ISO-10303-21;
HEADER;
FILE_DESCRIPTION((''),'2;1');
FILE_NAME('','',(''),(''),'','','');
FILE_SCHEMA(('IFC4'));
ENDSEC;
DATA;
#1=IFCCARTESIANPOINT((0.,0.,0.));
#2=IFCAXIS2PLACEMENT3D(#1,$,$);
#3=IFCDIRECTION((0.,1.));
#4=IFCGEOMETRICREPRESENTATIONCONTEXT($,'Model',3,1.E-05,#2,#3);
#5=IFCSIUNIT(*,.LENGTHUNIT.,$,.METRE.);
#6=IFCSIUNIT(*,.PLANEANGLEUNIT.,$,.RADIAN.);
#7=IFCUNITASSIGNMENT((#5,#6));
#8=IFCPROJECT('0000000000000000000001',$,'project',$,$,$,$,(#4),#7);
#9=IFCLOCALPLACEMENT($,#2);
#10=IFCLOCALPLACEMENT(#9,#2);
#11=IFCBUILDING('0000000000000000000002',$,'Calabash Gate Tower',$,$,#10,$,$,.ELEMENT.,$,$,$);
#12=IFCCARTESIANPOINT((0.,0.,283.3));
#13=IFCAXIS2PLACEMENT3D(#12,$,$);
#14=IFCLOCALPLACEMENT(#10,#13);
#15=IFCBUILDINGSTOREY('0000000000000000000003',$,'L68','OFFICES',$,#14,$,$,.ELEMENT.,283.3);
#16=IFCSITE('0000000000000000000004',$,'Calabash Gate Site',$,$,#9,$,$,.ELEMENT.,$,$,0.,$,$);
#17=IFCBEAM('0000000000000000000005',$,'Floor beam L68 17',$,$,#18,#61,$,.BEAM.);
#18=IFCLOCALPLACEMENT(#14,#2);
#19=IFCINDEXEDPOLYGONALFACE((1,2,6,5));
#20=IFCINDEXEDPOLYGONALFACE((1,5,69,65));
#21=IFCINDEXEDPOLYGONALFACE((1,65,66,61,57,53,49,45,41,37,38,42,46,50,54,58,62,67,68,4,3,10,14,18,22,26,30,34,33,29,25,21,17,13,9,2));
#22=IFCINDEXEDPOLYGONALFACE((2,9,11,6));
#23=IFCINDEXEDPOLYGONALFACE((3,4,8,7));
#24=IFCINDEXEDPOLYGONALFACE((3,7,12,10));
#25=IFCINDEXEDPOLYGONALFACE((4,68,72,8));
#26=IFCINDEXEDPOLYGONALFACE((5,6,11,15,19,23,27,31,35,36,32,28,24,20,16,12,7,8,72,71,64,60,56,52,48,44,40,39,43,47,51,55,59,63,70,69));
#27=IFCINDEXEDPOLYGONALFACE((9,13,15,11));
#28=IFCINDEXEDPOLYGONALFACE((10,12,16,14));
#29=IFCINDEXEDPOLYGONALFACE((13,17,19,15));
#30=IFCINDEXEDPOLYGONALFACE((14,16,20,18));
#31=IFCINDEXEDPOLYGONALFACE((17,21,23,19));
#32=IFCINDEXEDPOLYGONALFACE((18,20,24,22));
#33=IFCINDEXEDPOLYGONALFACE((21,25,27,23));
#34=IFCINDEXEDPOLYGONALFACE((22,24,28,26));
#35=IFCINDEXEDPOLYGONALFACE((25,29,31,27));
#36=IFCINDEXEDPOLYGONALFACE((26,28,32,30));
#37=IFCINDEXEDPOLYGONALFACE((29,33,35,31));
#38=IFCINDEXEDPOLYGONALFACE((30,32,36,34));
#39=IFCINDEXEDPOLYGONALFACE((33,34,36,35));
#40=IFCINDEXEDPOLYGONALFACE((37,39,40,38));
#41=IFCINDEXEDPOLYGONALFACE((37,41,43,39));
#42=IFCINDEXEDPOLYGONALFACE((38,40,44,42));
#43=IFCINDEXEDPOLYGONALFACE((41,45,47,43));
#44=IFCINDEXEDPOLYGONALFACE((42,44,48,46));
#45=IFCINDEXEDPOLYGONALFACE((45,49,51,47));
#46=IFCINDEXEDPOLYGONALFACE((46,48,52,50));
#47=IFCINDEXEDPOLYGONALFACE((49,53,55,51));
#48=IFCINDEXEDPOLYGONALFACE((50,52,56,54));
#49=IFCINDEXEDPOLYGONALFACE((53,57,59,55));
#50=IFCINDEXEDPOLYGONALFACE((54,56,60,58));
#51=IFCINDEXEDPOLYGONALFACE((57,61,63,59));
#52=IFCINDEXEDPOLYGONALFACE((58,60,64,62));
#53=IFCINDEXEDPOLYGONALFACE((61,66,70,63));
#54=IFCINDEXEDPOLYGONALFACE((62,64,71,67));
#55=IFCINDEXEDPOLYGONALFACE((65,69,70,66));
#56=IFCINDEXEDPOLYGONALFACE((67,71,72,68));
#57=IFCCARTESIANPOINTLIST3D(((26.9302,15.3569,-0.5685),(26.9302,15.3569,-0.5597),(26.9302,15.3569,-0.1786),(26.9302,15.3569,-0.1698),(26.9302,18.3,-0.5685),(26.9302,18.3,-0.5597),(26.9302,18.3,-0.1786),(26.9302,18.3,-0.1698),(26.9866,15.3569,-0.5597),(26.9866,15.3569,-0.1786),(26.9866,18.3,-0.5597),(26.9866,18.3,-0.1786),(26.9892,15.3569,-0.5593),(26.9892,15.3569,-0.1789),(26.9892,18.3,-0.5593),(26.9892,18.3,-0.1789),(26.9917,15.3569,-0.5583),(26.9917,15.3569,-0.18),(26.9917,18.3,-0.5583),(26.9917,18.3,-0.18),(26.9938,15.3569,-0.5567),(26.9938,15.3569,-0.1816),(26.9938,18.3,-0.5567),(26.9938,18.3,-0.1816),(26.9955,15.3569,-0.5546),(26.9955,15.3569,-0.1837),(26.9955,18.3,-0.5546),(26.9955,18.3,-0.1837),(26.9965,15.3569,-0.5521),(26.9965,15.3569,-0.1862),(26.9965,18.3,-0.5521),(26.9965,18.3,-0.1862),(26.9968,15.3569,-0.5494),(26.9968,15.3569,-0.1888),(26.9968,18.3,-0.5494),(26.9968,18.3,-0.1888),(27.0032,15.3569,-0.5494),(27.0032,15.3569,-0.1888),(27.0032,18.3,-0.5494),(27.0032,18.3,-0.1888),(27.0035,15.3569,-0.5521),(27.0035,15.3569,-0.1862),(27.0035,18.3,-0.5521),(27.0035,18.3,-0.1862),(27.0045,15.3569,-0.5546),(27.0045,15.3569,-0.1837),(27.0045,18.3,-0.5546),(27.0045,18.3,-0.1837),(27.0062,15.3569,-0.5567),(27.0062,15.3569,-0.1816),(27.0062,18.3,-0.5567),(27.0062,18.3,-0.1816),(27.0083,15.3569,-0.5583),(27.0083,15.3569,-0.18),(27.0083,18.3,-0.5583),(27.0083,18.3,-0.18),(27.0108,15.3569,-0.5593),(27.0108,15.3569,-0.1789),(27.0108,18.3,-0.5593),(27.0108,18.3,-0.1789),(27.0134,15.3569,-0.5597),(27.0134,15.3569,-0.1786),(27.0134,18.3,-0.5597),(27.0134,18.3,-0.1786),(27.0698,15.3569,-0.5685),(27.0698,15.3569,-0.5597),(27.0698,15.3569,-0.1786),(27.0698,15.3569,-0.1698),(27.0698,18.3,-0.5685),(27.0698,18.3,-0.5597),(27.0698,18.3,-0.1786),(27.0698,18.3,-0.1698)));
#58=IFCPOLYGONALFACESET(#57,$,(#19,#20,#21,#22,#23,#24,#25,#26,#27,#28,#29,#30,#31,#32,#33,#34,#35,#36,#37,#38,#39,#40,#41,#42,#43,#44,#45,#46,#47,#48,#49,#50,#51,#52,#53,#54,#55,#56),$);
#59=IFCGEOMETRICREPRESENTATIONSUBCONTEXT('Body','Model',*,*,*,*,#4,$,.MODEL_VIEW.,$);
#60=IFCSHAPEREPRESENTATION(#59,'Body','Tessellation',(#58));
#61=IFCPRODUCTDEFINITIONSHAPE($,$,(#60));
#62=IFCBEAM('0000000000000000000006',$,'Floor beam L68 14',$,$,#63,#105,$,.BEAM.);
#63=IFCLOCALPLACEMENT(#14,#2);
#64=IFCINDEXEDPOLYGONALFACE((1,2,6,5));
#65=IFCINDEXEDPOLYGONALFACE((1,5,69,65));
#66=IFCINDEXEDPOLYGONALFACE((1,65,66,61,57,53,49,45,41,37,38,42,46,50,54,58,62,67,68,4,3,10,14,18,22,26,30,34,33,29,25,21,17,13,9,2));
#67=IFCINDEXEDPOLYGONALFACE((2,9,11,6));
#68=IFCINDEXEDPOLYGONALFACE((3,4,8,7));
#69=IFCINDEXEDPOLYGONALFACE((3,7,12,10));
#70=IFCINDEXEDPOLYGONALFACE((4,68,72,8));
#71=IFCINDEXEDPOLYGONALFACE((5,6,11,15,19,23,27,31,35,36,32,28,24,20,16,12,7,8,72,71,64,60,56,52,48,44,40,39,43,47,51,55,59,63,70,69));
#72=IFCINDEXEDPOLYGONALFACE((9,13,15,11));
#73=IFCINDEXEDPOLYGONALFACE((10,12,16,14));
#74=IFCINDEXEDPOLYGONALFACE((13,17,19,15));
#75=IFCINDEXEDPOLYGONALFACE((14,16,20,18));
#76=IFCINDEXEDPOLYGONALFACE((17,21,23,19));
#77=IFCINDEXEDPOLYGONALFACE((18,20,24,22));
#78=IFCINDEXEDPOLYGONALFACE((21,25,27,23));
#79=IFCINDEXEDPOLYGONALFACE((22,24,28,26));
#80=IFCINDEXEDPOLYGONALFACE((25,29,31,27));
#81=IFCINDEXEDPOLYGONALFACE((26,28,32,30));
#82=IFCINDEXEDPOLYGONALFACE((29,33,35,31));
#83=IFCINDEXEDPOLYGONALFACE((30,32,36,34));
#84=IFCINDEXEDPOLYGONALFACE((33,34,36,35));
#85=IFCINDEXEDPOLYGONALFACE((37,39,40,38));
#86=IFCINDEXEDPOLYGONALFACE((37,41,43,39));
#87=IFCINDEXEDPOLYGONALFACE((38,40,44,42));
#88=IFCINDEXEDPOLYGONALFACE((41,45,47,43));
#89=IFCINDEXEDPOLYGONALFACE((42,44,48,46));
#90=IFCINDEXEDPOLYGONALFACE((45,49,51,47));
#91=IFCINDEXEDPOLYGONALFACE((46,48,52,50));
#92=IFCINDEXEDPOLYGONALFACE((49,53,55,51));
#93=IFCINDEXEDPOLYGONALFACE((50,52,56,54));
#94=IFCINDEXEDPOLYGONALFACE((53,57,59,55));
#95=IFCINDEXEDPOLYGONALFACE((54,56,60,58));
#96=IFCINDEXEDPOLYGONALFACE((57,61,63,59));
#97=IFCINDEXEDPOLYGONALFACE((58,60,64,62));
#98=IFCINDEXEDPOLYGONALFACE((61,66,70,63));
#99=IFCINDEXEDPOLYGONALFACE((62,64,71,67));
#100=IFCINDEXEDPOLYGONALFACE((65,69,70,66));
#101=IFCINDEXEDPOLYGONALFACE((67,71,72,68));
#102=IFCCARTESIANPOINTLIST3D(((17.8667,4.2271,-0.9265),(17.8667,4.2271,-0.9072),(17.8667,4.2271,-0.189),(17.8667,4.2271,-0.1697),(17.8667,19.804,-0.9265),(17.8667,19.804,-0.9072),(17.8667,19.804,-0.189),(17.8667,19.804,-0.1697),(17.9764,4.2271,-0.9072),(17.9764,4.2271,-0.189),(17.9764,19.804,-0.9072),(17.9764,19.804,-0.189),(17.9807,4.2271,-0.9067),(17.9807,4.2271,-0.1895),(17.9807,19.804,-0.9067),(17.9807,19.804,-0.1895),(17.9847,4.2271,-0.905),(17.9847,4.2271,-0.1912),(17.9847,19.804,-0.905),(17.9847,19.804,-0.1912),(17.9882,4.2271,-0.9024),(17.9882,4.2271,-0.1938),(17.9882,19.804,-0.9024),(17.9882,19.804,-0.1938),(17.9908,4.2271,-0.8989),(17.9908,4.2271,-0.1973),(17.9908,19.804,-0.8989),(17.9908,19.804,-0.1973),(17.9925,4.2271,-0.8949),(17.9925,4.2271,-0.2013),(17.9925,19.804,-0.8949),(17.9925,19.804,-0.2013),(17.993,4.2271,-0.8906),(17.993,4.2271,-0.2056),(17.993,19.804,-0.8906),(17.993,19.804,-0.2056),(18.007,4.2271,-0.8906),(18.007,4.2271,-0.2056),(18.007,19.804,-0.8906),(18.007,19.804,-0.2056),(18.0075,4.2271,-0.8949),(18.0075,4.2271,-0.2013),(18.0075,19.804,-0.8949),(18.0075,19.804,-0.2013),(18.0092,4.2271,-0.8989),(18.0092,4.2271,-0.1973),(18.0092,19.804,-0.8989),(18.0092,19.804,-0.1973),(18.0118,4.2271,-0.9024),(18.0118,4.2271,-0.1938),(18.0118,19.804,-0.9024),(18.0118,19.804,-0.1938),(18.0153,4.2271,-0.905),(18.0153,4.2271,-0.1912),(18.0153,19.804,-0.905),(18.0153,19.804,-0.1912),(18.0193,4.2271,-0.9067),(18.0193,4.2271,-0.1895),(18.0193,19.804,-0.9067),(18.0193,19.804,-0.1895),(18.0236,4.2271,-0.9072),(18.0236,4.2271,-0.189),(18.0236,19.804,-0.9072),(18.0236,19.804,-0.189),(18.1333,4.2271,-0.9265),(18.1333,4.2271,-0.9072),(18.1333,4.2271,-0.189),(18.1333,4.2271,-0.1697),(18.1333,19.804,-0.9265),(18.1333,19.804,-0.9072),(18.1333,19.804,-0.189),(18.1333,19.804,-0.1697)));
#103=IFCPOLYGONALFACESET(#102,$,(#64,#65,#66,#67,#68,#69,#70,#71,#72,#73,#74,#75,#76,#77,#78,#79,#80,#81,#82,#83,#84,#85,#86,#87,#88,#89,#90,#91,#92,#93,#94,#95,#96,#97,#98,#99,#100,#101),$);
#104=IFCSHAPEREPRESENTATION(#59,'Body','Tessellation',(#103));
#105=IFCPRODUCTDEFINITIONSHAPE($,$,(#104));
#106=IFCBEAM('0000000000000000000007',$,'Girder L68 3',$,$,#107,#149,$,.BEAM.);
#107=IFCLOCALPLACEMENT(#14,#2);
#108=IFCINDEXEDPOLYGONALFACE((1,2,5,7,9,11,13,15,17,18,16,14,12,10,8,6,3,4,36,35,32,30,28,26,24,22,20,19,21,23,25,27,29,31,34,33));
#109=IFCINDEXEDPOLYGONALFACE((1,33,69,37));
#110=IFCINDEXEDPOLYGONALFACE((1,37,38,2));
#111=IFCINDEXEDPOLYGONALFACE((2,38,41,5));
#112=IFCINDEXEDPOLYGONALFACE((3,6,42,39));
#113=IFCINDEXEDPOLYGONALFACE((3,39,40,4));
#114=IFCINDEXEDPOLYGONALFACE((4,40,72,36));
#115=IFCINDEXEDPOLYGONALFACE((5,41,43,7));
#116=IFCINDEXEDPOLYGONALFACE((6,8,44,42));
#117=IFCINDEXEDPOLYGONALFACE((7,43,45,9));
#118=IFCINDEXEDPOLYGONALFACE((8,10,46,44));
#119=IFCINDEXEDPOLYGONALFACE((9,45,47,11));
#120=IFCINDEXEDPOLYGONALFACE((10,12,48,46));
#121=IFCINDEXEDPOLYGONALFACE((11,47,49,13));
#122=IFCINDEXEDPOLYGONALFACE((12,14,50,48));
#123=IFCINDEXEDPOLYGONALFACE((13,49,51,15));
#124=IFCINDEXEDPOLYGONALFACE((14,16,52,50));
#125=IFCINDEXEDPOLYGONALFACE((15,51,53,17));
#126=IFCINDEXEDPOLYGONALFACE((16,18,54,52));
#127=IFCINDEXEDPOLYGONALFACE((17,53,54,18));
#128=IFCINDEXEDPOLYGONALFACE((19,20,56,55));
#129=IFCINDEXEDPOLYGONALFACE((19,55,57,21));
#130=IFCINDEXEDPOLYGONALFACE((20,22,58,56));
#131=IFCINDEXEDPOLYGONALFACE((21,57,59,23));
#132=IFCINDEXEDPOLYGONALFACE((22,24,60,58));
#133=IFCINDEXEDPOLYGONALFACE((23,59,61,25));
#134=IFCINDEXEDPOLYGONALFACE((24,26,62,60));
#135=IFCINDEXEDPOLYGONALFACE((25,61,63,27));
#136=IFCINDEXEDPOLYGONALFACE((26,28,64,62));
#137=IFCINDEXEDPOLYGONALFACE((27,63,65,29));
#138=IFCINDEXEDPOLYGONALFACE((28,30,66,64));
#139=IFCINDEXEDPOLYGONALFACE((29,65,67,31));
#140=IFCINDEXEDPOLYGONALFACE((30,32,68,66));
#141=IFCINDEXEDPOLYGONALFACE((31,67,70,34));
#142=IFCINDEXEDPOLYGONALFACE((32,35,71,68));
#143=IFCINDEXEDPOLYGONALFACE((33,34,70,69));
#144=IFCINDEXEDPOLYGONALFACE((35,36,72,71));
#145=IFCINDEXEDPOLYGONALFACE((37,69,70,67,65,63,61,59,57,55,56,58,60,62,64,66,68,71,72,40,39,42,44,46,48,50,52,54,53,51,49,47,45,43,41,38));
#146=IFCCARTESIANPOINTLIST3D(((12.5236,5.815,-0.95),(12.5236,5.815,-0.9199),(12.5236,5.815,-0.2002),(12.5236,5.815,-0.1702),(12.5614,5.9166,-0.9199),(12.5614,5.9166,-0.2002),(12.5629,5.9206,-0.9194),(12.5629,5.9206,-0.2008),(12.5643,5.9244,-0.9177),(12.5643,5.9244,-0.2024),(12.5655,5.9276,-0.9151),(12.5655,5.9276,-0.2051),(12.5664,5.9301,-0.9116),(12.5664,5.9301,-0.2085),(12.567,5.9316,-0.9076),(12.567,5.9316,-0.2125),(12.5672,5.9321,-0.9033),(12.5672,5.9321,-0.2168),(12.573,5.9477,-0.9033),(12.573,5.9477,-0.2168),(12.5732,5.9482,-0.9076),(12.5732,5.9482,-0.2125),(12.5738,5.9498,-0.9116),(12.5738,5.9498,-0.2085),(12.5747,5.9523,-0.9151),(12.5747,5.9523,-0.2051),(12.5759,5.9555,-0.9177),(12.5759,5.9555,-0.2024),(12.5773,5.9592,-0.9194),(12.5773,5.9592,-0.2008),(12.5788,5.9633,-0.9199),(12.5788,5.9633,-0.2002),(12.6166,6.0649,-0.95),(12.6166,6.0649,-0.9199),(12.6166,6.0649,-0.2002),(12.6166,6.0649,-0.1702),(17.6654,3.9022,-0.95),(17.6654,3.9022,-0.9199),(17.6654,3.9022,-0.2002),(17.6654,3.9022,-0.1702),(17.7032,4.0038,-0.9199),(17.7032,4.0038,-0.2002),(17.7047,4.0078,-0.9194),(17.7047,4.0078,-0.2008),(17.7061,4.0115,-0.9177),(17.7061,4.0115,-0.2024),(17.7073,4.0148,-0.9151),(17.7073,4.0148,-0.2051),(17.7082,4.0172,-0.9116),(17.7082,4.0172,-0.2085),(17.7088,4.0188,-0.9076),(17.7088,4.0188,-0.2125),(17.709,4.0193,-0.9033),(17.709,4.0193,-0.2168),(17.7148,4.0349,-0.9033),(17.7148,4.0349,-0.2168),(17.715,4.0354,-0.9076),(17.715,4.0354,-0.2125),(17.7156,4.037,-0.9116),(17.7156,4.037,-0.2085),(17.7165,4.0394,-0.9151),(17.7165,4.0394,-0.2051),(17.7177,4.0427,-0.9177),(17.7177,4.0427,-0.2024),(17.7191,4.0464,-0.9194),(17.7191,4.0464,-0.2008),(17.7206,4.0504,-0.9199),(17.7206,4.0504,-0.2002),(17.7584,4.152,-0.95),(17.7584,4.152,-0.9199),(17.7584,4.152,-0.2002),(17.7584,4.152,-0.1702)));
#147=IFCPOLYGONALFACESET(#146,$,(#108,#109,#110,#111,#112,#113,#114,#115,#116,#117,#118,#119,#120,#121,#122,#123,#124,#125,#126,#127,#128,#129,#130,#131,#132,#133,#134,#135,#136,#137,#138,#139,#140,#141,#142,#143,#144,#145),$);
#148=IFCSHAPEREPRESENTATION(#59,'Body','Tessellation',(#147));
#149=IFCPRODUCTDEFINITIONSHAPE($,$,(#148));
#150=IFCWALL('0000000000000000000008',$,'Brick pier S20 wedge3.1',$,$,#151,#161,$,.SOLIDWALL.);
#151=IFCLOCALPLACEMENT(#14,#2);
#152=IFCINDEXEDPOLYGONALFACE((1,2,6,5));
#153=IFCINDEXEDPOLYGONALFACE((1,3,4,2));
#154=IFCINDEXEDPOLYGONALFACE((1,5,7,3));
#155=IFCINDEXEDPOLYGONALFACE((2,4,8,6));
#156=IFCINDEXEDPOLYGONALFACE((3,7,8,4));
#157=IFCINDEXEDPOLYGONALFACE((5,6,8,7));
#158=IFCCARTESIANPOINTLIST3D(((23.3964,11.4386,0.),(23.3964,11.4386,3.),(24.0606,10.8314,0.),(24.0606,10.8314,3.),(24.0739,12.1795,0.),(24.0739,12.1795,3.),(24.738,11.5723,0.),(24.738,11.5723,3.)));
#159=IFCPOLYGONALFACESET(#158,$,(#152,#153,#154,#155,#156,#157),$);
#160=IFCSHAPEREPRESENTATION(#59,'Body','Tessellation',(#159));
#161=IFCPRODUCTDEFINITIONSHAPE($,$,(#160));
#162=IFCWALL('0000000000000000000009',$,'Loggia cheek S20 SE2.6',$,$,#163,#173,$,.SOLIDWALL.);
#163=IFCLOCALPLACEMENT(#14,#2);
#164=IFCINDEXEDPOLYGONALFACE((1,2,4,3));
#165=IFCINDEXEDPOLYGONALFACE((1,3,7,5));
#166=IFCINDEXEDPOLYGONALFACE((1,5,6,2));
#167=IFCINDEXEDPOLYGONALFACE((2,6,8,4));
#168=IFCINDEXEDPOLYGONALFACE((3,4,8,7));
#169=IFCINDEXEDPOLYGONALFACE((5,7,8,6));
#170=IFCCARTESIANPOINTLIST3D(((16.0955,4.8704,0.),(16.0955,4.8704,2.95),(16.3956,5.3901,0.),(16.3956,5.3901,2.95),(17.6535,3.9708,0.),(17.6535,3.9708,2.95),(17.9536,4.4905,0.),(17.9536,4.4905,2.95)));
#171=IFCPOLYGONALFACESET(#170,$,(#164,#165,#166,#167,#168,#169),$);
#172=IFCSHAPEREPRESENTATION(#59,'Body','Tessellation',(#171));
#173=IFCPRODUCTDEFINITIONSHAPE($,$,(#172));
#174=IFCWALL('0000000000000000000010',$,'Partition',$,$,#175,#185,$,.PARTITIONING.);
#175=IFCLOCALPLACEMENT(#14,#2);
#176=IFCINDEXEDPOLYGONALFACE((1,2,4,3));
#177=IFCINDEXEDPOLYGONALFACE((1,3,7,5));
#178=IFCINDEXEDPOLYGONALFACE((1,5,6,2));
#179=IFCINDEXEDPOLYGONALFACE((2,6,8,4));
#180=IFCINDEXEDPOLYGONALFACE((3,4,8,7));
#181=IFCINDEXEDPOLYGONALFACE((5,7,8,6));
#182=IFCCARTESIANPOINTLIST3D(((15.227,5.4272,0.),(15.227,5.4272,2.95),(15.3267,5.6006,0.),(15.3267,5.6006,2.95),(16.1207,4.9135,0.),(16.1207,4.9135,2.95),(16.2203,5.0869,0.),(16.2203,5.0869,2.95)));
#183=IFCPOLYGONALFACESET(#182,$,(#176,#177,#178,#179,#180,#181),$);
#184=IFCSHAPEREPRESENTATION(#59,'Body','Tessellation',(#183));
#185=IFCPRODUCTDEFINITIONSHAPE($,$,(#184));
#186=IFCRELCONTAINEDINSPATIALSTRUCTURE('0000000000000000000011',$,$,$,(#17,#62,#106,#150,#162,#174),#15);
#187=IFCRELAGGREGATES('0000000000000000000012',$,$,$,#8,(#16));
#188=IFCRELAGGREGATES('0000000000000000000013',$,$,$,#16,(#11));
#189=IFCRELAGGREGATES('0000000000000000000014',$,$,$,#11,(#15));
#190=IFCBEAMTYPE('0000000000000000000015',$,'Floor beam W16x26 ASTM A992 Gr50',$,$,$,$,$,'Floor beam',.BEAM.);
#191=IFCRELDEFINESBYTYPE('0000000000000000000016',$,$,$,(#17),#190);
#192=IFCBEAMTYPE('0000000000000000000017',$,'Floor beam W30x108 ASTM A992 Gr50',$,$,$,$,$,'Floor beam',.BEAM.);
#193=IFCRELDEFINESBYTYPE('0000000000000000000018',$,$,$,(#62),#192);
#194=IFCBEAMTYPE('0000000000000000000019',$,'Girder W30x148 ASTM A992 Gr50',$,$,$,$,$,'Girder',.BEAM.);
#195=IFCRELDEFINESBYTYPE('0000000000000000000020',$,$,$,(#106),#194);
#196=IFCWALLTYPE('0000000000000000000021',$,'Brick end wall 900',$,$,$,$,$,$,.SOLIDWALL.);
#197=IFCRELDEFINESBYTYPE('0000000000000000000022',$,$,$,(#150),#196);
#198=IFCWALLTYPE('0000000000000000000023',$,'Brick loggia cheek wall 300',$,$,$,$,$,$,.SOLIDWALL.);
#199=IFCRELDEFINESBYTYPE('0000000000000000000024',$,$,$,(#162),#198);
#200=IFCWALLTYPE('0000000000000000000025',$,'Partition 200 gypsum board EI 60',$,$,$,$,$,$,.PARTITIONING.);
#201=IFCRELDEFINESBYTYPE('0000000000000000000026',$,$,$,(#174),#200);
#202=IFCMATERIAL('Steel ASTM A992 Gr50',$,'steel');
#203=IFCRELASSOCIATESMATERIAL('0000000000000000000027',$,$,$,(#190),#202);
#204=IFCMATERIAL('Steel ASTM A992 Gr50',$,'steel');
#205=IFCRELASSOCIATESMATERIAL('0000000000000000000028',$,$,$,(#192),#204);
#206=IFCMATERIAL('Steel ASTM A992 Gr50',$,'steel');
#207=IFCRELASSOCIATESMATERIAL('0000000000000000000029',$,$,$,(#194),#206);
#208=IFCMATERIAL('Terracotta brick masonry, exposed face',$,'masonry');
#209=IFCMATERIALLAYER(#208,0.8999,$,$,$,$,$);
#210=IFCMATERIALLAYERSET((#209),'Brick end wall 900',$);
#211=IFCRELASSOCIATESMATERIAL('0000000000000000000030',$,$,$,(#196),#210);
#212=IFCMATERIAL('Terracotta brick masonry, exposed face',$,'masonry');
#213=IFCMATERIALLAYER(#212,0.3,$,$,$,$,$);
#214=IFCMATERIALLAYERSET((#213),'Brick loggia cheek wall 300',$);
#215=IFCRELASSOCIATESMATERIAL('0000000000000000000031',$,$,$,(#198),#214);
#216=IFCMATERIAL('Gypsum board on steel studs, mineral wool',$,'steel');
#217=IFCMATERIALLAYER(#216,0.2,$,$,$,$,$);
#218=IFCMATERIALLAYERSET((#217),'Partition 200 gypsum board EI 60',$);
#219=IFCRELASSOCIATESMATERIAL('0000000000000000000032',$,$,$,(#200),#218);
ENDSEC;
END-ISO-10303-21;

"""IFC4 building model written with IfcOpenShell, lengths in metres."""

from ifc_helpers import new_model, si_unit, direction, frame, frame_2d, origin, origin_2d, place, context, subcontext, project, spatial, rectangle, i_section, extrude, material, layer, layer_set, material_profile, profile_set, type_object, element, save


model = new_model("IFC4")

# Units and contexts
model_context = context("Model", 3, precision=1e-05, world=origin(), true_north=direction((0.0, 1.0)))
body_context = subcontext(model_context, "Body", "Model", "MODEL_VIEW")
ifc_project = project(units=[si_unit("LENGTHUNIT", "METRE"), si_unit("PLANEANGLEUNIT", "RADIAN")], contexts=[model_context])

# Site, building, storey
site_placement = place(None, origin())
site = spatial("IfcSite", under=ifc_project, at=site_placement, Name="Calabash Gate Site", CompositionType="ELEMENT", RefElevation=0.0)
building_placement = place(site_placement, origin())
building = spatial("IfcBuilding", under=site, at=building_placement, Name="Calabash Gate Tower", CompositionType="ELEMENT")
storey_placement = place(building_placement, frame((0.0, 0.0, 283.3)))
storey = spatial("IfcBuildingStorey", under=building, at=storey_placement, Name="L68", Description="OFFICES", CompositionType="ELEMENT", Elevation=283.3)

# Beams
ifc_material_1 = material(Name="Steel ASTM A992 Gr50", Category="steel")
ifc_material_profile_1 = material_profile(ifc_material_1, i_section(OverallWidth=0.1396, OverallDepth=0.3987, WebThickness=0.0063, FlangeThickness=0.0088, FilletRadius=0.0103, at=origin_2d()))
ifc_profile_set_1 = profile_set([ifc_material_profile_1], Name="Steel ASTM A992 Gr50")
beam_type_1 = type_object("IfcBeamType", Name="Floor beam W16x26 ASTM A992 Gr50", ElementType="Floor beam", PredefinedType="BEAM", material=ifc_profile_set_1)
beam_1_placement = place(storey_placement, frame((27.0, 15.3569, -0.3691), z_axis=(0.0, 1.0, 0.0), x_axis=(-1.0, 0.0, 0.0)))
element("IfcBeam", 1, at=beam_1_placement, inside=storey, type_object=beam_type_1, Name="Floor beam L68 17", PredefinedType="BEAM", context=body_context, shape_type="SweptSolid", body=[
    extrude(i_section(OverallWidth=0.1396, OverallDepth=0.3987, WebThickness=0.0063, FlangeThickness=0.0088, FilletRadius=0.0103, at=origin_2d()), origin(), (0.0, 0.0, 1.0), 2.9431),
])
ifc_material_2 = material(Name="Steel ASTM A992 Gr50", Category="steel")
ifc_material_profile_2 = material_profile(ifc_material_2, i_section(OverallWidth=0.2666, OverallDepth=0.7568, WebThickness=0.0139, FlangeThickness=0.0193, FilletRadius=0.0166, at=origin_2d()))
ifc_profile_set_2 = profile_set([ifc_material_profile_2], Name="Steel ASTM A992 Gr50")
beam_type_2 = type_object("IfcBeamType", Name="Floor beam W30x108 ASTM A992 Gr50", ElementType="Floor beam", PredefinedType="BEAM", material=ifc_profile_set_2)
beam_2_placement = place(storey_placement, frame((18.0, 4.2271, -0.5481), z_axis=(0.0, 1.0, 0.0), x_axis=(-1.0, 0.0, 0.0)))
element("IfcBeam", 2, at=beam_2_placement, inside=storey, type_object=beam_type_2, Name="Floor beam L68 14", PredefinedType="BEAM", context=body_context, shape_type="SweptSolid", body=[
    extrude(i_section(OverallWidth=0.2666, OverallDepth=0.7568, WebThickness=0.0139, FlangeThickness=0.0193, FilletRadius=0.0166, at=origin_2d()), origin(), (0.0, 0.0, 1.0), 15.5769),
])
ifc_material_3 = material(Name="Steel ASTM A992 Gr50", Category="steel")
ifc_material_profile_3 = material_profile(ifc_material_3, i_section(OverallWidth=0.2666, OverallDepth=0.7798, WebThickness=0.0166, FlangeThickness=0.03, FilletRadius=0.0166, at=origin_2d()))
ifc_profile_set_3 = profile_set([ifc_material_profile_3], Name="Steel ASTM A992 Gr50")
beam_type_3 = type_object("IfcBeamType", Name="Girder W30x148 ASTM A992 Gr50", ElementType="Girder", PredefinedType="BEAM", material=ifc_profile_set_3)
beam_3_placement = place(storey_placement, frame((17.7119, 4.0271, -0.5601), z_axis=(-0.937246, 0.348669, 0.0), x_axis=(-0.348669, -0.937246, 0.0)))
element("IfcBeam", 3, at=beam_3_placement, inside=storey, type_object=beam_type_3, Name="Girder L68 3", PredefinedType="BEAM", context=body_context, shape_type="SweptSolid", body=[
    extrude(i_section(OverallWidth=0.2666, OverallDepth=0.7798, WebThickness=0.0166, FlangeThickness=0.03, FilletRadius=0.0166, at=origin_2d()), origin(), (0.0, 0.0, 1.0), 5.4861),
])

# Walls
ifc_material_4 = material(Name="Terracotta brick masonry, exposed face", Category="masonry")
ifc_layer_1 = layer(ifc_material_4, 0.8999)
ifc_layer_set_1 = layer_set([ifc_layer_1], Name="Brick end wall 900")
wall_type_1 = type_object("IfcWallType", Name="Brick end wall 900", PredefinedType="SOLIDWALL", material=ifc_layer_set_1)
wall_1_placement = place(storey_placement, frame((23.7285, 11.135, 0.0), z_axis=(0.0, 0.0, 1.0), x_axis=(0.674788, 0.738012, 0.0)))
element("IfcWall", 4, at=wall_1_placement, inside=storey, type_object=wall_type_1, Name="Brick pier S20 wedge3.1", PredefinedType="SOLIDWALL", context=body_context, shape_type="SweptSolid", body=[
    extrude(rectangle(XDim=1.0039, YDim=0.8999, at=frame_2d((0.502, 0.0))), origin(), (0.0, 0.0, 1.0), 3.0),
])
ifc_material_5 = material(Name="Terracotta brick masonry, exposed face", Category="masonry")
ifc_layer_2 = layer(ifc_material_5, 0.3)
ifc_layer_set_2 = layer_set([ifc_layer_2], Name="Brick loggia cheek wall 300")
wall_type_2 = type_object("IfcWallType", Name="Brick loggia cheek wall 300", PredefinedType="SOLIDWALL", material=ifc_layer_set_2)
wall_2_placement = place(storey_placement, frame((17.8035, 4.2307, 0.0), z_axis=(0.0, 0.0, 1.0), x_axis=(-0.866005, 0.500036, 0.0)))
element("IfcWall", 5, at=wall_2_placement, inside=storey, type_object=wall_type_2, Name="Loggia cheek S20 SE2.6", PredefinedType="SOLIDWALL", context=body_context, shape_type="SweptSolid", body=[
    extrude(rectangle(XDim=1.7991, YDim=0.6001, at=frame_2d((0.8994, 0.0))), origin(), (0.0, 0.0, 1.0), 2.95),
])
ifc_material_6 = material(Name="Gypsum board on steel studs, mineral wool", Category="steel")
ifc_layer_3 = layer(ifc_material_6, 0.2)
ifc_layer_set_3 = layer_set([ifc_layer_3], Name="Partition 200 gypsum board EI 60")
wall_type_3 = type_object("IfcWallType", Name="Partition 200 gypsum board EI 60", PredefinedType="PARTITIONING", material=ifc_layer_set_3)
wall_3_placement = place(storey_placement, frame((15.2769, 5.5139, 0.0), z_axis=(0.0, 0.0, 1.0), x_axis=(0.866957, -0.498382, 0.0)))
element("IfcWall", 6, at=wall_3_placement, inside=storey, type_object=wall_type_3, Name="Partition", PredefinedType="PARTITIONING", context=body_context, shape_type="SweptSolid", body=[
    extrude(rectangle(XDim=1.0308, YDim=0.2, at=frame_2d((0.5154, 0.0))), origin(), (0.0, 0.0, 1.0), 2.95),
])

save(model, "model.ifc")
